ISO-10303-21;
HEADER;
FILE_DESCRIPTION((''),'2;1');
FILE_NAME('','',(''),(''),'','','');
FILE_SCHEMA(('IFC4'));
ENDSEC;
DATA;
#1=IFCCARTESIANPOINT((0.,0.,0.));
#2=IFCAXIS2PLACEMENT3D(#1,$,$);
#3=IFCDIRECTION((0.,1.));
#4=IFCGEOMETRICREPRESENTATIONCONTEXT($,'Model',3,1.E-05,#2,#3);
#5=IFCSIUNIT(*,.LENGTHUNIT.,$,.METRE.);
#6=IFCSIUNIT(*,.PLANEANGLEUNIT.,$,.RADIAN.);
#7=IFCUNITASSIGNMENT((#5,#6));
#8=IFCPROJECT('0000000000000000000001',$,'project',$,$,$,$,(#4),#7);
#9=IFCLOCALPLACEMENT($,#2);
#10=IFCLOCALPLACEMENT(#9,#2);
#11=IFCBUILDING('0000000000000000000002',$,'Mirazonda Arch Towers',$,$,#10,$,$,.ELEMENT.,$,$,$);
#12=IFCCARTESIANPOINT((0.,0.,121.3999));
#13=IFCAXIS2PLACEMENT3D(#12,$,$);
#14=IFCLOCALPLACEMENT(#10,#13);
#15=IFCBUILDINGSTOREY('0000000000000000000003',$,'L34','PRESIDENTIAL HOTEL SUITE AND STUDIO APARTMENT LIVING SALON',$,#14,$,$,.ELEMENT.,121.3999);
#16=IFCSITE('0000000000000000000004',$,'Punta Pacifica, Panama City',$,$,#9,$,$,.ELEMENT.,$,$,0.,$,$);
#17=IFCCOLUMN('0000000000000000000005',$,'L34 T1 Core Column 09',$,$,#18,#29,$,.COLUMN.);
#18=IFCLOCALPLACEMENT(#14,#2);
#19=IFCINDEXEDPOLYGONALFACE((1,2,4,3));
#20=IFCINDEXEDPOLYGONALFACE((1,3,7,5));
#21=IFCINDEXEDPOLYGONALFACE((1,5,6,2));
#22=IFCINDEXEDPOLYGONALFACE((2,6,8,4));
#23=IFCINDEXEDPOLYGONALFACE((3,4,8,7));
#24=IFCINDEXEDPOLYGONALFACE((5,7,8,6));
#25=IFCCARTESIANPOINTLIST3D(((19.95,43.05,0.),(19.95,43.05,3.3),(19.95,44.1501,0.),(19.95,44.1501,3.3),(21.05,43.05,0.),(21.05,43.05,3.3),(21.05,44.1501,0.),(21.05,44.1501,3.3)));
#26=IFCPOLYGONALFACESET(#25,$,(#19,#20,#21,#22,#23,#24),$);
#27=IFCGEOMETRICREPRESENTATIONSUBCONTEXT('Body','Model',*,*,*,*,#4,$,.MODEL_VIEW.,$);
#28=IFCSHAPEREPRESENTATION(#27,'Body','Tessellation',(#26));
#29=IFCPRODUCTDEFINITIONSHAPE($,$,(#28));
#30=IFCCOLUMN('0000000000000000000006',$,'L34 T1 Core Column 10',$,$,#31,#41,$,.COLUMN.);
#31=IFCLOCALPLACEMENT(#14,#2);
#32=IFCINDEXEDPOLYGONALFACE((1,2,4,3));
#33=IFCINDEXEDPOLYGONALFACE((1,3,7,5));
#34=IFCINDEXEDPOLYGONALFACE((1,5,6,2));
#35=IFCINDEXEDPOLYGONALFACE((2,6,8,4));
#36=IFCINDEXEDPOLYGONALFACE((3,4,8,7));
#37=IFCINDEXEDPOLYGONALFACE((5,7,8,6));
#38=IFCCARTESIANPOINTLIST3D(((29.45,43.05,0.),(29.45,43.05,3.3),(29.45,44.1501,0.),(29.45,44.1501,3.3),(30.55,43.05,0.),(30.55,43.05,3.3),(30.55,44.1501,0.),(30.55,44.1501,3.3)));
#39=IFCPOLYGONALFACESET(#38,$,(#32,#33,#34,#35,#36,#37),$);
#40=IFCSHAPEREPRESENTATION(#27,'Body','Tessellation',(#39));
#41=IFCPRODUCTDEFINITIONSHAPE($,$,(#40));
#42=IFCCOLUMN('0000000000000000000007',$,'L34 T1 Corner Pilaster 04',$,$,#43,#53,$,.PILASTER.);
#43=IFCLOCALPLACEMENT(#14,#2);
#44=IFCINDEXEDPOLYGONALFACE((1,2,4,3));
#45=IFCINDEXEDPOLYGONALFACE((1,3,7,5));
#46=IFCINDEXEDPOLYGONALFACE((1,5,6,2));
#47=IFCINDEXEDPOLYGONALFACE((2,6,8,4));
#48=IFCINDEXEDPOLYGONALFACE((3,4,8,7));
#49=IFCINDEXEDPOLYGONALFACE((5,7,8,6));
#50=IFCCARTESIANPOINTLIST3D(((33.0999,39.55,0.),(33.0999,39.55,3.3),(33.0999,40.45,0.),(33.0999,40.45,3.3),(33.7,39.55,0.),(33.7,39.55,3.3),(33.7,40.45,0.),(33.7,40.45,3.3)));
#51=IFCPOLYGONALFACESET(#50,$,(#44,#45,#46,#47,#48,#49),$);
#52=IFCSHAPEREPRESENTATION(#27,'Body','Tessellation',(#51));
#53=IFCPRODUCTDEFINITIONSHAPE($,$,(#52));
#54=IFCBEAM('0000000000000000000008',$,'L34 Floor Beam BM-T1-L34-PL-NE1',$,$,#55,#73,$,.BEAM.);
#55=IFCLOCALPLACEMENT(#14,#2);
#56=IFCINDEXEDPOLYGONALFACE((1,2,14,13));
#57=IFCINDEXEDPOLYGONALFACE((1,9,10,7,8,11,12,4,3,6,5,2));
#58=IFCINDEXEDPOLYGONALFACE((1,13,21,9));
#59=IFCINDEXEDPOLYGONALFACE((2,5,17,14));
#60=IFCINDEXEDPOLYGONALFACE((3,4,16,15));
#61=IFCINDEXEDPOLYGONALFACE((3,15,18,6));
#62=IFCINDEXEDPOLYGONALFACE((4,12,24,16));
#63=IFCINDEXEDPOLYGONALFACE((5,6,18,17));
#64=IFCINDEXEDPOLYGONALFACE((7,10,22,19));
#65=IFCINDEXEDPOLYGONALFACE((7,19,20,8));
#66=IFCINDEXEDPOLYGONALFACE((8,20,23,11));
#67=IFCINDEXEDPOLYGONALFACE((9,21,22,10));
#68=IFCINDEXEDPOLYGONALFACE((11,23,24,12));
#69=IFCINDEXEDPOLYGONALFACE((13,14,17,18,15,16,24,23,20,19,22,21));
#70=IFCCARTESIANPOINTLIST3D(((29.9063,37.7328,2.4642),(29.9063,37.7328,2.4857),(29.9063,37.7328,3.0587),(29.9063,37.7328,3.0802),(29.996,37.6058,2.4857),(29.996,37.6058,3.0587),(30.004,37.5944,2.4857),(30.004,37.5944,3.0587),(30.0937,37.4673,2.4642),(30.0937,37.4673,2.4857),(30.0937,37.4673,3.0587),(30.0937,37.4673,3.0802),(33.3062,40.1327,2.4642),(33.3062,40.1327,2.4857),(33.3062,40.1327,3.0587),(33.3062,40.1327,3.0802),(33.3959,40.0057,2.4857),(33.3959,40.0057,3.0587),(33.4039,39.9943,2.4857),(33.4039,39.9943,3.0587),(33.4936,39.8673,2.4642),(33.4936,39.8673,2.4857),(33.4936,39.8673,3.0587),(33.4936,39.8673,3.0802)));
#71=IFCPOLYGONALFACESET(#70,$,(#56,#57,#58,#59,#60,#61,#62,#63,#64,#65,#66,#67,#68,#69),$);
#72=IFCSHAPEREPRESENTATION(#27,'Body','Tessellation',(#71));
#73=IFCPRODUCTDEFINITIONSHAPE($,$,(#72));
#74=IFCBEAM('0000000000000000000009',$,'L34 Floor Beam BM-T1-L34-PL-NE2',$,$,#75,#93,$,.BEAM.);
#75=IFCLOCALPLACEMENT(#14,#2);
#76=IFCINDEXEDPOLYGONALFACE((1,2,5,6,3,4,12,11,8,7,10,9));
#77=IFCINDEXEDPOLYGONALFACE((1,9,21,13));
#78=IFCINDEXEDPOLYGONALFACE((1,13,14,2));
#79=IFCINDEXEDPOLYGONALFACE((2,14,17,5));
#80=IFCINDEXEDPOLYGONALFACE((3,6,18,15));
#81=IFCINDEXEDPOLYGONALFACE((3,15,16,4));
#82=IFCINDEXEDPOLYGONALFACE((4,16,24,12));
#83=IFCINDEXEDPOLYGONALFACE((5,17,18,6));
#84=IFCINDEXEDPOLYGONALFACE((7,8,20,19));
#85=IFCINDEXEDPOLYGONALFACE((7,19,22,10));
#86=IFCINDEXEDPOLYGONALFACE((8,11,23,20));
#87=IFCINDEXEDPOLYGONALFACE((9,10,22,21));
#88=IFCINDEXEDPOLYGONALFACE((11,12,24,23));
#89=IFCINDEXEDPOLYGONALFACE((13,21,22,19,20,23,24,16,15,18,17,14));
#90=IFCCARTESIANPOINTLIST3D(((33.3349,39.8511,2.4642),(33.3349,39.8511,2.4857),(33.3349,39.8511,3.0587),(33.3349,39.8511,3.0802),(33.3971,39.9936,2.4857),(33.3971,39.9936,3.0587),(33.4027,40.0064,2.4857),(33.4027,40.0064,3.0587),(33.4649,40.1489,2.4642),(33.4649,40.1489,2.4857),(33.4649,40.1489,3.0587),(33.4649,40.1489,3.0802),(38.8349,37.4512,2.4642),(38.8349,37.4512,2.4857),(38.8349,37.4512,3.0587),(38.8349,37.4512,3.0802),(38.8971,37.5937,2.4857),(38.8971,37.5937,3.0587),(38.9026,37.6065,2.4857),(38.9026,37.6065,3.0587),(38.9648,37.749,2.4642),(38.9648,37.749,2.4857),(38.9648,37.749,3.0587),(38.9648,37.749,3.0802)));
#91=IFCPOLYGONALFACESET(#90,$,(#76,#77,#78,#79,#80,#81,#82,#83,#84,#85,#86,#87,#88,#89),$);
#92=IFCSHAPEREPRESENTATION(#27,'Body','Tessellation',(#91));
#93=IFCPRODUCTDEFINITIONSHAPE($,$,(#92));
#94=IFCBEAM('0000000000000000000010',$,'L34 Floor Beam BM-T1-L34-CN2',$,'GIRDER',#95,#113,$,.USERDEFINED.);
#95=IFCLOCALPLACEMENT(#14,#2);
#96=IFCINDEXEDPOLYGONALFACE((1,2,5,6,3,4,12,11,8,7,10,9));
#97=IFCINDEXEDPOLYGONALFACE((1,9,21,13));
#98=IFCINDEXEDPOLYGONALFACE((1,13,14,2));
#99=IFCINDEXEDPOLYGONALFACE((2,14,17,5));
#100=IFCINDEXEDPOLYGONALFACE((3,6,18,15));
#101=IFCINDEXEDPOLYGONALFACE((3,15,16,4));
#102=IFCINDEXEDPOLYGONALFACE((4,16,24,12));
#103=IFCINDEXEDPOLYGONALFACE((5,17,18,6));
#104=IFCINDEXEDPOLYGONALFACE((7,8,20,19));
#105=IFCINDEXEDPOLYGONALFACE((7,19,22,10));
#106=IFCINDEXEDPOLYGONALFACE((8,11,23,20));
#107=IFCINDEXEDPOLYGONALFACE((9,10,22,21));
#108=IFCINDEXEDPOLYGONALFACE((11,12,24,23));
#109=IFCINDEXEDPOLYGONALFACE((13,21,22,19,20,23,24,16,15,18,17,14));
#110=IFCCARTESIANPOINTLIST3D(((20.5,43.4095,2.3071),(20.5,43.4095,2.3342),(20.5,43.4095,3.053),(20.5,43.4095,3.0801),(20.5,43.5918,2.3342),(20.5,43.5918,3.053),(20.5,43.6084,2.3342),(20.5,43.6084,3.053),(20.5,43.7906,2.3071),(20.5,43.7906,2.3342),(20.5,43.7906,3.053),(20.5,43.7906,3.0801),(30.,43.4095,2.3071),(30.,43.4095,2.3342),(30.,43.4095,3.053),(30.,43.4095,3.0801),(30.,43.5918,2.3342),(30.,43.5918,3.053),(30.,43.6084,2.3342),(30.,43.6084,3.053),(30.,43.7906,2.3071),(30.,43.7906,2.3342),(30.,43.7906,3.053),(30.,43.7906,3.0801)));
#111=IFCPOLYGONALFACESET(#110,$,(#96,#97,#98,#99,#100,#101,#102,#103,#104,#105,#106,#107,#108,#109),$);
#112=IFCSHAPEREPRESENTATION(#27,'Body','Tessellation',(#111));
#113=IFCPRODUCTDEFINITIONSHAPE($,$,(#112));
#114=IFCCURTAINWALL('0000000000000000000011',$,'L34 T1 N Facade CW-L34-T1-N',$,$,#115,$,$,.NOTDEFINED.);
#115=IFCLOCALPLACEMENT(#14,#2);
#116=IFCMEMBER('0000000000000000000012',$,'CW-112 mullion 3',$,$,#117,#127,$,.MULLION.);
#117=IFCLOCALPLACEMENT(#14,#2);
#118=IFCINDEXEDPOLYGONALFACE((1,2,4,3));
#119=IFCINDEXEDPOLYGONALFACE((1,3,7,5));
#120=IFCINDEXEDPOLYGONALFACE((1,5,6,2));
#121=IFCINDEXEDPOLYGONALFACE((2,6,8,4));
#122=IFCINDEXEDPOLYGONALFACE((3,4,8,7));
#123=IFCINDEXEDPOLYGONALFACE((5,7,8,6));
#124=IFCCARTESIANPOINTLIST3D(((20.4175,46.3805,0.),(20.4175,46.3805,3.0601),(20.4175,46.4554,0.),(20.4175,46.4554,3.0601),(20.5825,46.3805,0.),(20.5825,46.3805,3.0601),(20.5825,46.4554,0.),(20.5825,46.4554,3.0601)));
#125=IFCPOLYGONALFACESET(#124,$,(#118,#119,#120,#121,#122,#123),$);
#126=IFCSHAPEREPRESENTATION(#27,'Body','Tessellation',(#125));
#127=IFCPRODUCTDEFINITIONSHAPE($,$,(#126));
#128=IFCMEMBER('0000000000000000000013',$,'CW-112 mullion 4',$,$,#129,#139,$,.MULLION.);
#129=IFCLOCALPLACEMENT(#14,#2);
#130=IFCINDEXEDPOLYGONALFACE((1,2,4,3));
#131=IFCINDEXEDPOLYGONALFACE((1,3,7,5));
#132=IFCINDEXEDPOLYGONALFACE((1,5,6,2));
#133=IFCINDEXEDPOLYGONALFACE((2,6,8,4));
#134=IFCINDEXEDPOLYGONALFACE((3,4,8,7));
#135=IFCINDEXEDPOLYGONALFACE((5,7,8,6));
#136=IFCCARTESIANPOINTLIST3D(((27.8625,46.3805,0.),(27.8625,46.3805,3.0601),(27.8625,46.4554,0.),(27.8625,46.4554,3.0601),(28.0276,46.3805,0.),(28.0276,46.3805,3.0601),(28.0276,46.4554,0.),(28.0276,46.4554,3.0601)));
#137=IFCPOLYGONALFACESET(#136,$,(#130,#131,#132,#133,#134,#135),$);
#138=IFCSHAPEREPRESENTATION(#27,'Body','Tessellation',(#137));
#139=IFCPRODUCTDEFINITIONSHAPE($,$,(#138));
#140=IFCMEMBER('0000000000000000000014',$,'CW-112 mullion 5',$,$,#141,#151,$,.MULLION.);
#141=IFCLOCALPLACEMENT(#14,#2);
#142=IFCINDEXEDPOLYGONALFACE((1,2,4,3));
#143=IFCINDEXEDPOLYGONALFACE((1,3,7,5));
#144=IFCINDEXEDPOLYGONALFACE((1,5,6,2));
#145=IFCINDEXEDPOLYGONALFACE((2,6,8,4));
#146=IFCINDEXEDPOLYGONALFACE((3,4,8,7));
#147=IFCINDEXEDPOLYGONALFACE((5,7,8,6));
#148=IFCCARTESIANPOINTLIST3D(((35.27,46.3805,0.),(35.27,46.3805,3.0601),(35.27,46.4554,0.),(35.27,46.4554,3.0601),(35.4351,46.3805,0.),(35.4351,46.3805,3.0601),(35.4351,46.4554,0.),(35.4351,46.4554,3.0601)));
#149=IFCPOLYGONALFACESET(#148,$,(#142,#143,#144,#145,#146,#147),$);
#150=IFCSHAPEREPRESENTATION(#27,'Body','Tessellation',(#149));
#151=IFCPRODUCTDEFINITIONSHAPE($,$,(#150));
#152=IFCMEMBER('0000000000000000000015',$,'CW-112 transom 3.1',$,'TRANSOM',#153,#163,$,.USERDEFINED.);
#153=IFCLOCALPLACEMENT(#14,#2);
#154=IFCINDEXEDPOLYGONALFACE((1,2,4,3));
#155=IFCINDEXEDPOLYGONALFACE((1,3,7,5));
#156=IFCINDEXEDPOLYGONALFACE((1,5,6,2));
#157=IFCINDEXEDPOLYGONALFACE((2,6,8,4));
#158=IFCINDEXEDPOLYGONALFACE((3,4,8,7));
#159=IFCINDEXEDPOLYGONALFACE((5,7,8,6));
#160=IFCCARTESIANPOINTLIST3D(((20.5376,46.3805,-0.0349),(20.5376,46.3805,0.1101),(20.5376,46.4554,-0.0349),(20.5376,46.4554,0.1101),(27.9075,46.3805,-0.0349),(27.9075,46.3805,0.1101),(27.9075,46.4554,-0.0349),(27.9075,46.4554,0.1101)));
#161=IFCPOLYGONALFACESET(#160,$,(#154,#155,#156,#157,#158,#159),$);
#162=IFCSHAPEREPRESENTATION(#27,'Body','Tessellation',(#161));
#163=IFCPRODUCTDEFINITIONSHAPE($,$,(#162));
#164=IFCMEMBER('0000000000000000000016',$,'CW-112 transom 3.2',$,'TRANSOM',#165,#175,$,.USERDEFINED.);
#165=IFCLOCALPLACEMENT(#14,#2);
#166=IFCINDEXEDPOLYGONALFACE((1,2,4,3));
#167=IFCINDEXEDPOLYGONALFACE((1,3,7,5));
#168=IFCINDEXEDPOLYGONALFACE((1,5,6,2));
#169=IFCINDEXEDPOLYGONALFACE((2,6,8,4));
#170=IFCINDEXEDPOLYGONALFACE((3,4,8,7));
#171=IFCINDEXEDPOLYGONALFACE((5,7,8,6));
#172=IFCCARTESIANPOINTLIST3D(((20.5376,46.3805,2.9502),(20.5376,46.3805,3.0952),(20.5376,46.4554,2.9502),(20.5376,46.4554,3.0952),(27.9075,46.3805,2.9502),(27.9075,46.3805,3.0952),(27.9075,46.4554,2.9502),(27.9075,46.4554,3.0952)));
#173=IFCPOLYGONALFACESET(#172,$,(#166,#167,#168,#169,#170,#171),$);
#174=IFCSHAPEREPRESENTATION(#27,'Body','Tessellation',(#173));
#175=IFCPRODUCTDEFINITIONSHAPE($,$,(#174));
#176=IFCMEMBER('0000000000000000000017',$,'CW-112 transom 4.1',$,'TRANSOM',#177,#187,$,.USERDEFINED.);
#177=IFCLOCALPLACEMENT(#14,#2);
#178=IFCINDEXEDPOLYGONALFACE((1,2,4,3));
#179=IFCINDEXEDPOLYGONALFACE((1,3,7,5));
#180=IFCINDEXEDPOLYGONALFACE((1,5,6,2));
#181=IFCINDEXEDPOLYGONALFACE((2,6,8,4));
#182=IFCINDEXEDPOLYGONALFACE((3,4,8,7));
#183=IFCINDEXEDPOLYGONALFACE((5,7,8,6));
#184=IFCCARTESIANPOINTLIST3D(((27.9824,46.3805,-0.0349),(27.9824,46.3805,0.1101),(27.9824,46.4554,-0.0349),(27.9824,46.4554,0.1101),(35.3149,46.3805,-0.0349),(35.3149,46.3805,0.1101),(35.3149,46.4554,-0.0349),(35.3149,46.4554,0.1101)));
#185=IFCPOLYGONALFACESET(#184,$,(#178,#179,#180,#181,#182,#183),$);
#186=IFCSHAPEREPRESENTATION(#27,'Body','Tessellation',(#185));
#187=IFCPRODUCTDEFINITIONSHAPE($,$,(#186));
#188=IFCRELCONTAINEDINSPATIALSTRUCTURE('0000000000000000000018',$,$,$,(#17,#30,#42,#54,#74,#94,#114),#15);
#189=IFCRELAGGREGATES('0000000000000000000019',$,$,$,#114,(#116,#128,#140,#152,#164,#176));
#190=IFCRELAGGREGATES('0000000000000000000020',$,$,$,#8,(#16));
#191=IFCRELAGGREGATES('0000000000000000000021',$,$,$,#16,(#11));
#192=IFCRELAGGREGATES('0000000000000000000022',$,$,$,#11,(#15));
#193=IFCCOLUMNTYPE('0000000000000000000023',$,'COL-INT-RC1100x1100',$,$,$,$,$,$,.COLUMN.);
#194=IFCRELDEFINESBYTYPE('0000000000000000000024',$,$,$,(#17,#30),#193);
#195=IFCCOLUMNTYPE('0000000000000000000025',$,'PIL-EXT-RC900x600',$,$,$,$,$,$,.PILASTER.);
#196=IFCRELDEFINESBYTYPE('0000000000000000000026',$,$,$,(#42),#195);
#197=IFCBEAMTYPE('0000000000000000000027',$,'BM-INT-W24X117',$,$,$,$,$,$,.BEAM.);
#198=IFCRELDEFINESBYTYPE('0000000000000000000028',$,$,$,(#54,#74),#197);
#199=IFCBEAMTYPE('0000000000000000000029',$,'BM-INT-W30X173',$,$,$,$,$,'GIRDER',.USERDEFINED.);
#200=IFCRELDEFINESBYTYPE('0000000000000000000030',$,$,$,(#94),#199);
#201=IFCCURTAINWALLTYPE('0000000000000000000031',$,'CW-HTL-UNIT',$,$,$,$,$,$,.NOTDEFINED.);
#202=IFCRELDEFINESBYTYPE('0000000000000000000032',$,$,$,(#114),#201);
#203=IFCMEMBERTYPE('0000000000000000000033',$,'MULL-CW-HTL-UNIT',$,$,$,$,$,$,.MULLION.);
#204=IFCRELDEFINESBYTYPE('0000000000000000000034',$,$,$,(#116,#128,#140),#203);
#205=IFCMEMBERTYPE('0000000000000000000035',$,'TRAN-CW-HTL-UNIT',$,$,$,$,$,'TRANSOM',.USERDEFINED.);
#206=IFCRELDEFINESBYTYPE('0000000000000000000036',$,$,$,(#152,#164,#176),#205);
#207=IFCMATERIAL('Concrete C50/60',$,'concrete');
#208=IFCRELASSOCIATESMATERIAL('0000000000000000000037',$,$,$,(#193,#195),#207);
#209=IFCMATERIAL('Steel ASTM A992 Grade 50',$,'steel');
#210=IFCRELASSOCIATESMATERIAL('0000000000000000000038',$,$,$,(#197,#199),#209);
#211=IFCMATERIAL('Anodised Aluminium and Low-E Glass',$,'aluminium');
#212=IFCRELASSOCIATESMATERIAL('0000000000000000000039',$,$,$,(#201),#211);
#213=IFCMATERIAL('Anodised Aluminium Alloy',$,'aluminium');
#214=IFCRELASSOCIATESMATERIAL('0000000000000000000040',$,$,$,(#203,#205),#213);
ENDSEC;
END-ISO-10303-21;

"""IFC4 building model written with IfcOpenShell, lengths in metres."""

from ifc_helpers import new_model, si_unit, direction, frame, origin, origin_2d, place, context, subcontext, project, spatial, rectangle, i_section, extrude, material, material_profile, profile_set, type_object, element, aggregate, save


model = new_model("IFC4")

# Units and contexts
model_context = context("Model", 3, precision=1e-05, world=origin(), true_north=direction((0.0, 1.0)))
body_context = subcontext(model_context, "Body", "Model", "MODEL_VIEW")
ifc_project = project(units=[si_unit("LENGTHUNIT", "METRE"), si_unit("PLANEANGLEUNIT", "RADIAN")], contexts=[model_context])

# Site, building, storey
site_placement = place(None, origin())
site = spatial("IfcSite", under=ifc_project, at=site_placement, Name="Punta Pacifica, Panama City", CompositionType="ELEMENT", RefElevation=0.0)
building_placement = place(site_placement, origin())
building = spatial("IfcBuilding", under=site, at=building_placement, Name="Mirazonda Arch Towers", CompositionType="ELEMENT")
storey_placement = place(building_placement, frame((0.0, 0.0, 121.3999)))
storey = spatial("IfcBuildingStorey", under=building, at=storey_placement, Name="L34", Description="PRESIDENTIAL HOTEL SUITE AND STUDIO APARTMENT LIVING SALON", CompositionType="ELEMENT", Elevation=121.3999)

# Columns
ifc_material_1 = material(Name="Concrete C50/60", Category="concrete")
ifc_material_profile_1 = material_profile(ifc_material_1, rectangle(XDim=1.1001, YDim=1.1001, at=origin_2d()), Name="RC1100x1100")
ifc_profile_set_1 = profile_set([ifc_material_profile_1], Name="Concrete C50/60")
column_type_1 = type_object("IfcColumnType", Name="COL-INT-RC1100x1100", PredefinedType="COLUMN", material=ifc_profile_set_1)
for number, where, z_axis, x_axis, name in (
    (1, (20.5, 43.6001, 0.0), (0.0, 0.0, 1.0), (1.0, 0.0, 0.0), "L34 T1 Core Column 09"),
    (2, (30.0, 43.6001, 0.0), (0.0, 0.0, 1.0), (1.0, 0.0, 0.0), "L34 T1 Core Column 10"),
):
    element("IfcColumn", number, at=place(storey_placement, frame(where, z_axis=z_axis, x_axis=x_axis)), inside=storey, type_object=column_type_1, Name=name, PredefinedType="COLUMN", context=body_context, shape_type="SweptSolid", body=[
        extrude(rectangle(XDim=1.1001, YDim=1.1001, at=origin_2d()), origin(), (0.0, 0.0, 1.0), 3.3),
    ])
ifc_material_profile_2 = material_profile(ifc_material_1, rectangle(XDim=0.6001, YDim=0.8999, at=origin_2d()), Name="RC900x600")
ifc_profile_set_2 = profile_set([ifc_material_profile_2], Name="Concrete C50/60")
column_type_2 = type_object("IfcColumnType", Name="PIL-EXT-RC900x600", PredefinedType="PILASTER", material=ifc_profile_set_2)
column_placement = place(storey_placement, frame((33.3999, 40.0, 0.0), z_axis=(0.0, 0.0, 1.0), x_axis=(1.0, 0.0, 0.0)))
element("IfcColumn", 3, at=column_placement, inside=storey, type_object=column_type_2, Name="L34 T1 Corner Pilaster 04", PredefinedType="PILASTER", context=body_context, shape_type="SweptSolid", body=[
    extrude(rectangle(XDim=0.6001, YDim=0.8999, at=origin_2d()), origin(), (0.0, 0.0, 1.0), 3.3),
])

# Beams
ifc_material_2 = material(Name="Steel ASTM A992 Grade 50", Category="steel")
ifc_material_profile_3 = material_profile(ifc_material_2, i_section(OverallWidth=0.325, OverallDepth=0.616, WebThickness=0.0139, FlangeThickness=0.0215, at=origin_2d()), Name="W24X117")
ifc_profile_set_3 = profile_set([ifc_material_profile_3], Name="Steel ASTM A992 Grade 50")
beam_type_1 = type_object("IfcBeamType", Name="BM-INT-W24X117", PredefinedType="BEAM", material=ifc_profile_set_3)
beam_1_placement = place(storey_placement, frame((33.3999, 40.0, 2.7722), z_axis=(-0.816971, -0.576679, 0.0), x_axis=(0.576679, -0.816971, 0.0)))
element("IfcBeam", 4, at=beam_1_placement, inside=storey, type_object=beam_type_1, Name="L34 Floor Beam BM-T1-L34-PL-NE1", PredefinedType="BEAM", context=body_context, shape_type="SweptSolid", body=[
    extrude(i_section(OverallWidth=0.325, OverallDepth=0.616, WebThickness=0.0139, FlangeThickness=0.0215, at=origin_2d()), origin(), (0.0, 0.0, 1.0), 4.1616),
])
beam_2_placement = place(storey_placement, frame((33.3999, 40.0, 2.7722), z_axis=(0.916545, -0.399931, 0.0), x_axis=(0.399931, 0.916545, 0.0)))
element("IfcBeam", 5, at=beam_2_placement, inside=storey, type_object=beam_type_1, Name="L34 Floor Beam BM-T1-L34-PL-NE2", PredefinedType="BEAM", context=body_context, shape_type="SweptSolid", body=[
    extrude(i_section(OverallWidth=0.325, OverallDepth=0.616, WebThickness=0.0139, FlangeThickness=0.0215, at=origin_2d()), origin(), (0.0, 0.0, 1.0), 6.0007),
])
ifc_material_profile_4 = material_profile(ifc_material_2, i_section(OverallWidth=0.3811, OverallDepth=0.7729, WebThickness=0.0166, FlangeThickness=0.0271, at=origin_2d()), Name="W30X173")
ifc_profile_set_4 = profile_set([ifc_material_profile_4], Name="Steel ASTM A992 Grade 50")
beam_type_2 = type_object("IfcBeamType", Name="BM-INT-W30X173", ElementType="GIRDER", PredefinedType="USERDEFINED", material=ifc_profile_set_4)
beam_3_placement = place(storey_placement, frame((20.5, 43.6001, 2.6936), z_axis=(1.0, 0.0, 0.0), x_axis=(0.0, 1.0, 0.0)))
element("IfcBeam", 6, at=beam_3_placement, inside=storey, type_object=beam_type_2, Name="L34 Floor Beam BM-T1-L34-CN2", ObjectType="GIRDER", PredefinedType="USERDEFINED", context=body_context, shape_type="SweptSolid", body=[
    extrude(i_section(OverallWidth=0.3811, OverallDepth=0.7729, WebThickness=0.0166, FlangeThickness=0.0271, at=origin_2d()), origin(), (0.0, 0.0, 1.0), 9.5),
])

# Curtain wall, members
ifc_material_3 = material(Name="Anodised Aluminium and Low-E Glass", Category="aluminium")
curtain_wall_type = type_object("IfcCurtainWallType", Name="CW-HTL-UNIT", PredefinedType="NOTDEFINED", material=ifc_material_3)
curtain_wall_placement = place(storey_placement, origin())
curtain_wall = element("IfcCurtainWall", 7, at=curtain_wall_placement, inside=storey, type_object=curtain_wall_type, Name="L34 T1 N Facade CW-L34-T1-N", PredefinedType="NOTDEFINED")
ifc_material_4 = material(Name="Anodised Aluminium Alloy", Category="aluminium")
ifc_material_profile_5 = material_profile(ifc_material_4, rectangle(XDim=0.075, YDim=0.165, at=origin_2d()), Name="ALU-MULL-75x165")
ifc_profile_set_5 = profile_set([ifc_material_profile_5], Name="Anodised Aluminium Alloy")
member_type_1 = type_object("IfcMemberType", Name="MULL-CW-HTL-UNIT", PredefinedType="MULLION", material=ifc_profile_set_5)
member_1_placement = place(storey_placement, frame((20.5, 46.418, 0.0), z_axis=(0.0, 0.0, 1.0), x_axis=(0.0, 1.0, 0.0)))
member_1 = element("IfcMember", 8, at=member_1_placement, type_object=member_type_1, Name="CW-112 mullion 3", PredefinedType="MULLION", context=body_context, shape_type="SweptSolid", body=[
    extrude(rectangle(XDim=0.075, YDim=0.165, at=origin_2d()), origin(), (0.0, 0.0, 1.0), 3.0601),
])
member_2_placement = place(storey_placement, frame((27.9451, 46.418, 0.0), z_axis=(0.0, 0.0, 1.0), x_axis=(0.0, 1.0, 0.0)))
member_2 = element("IfcMember", 9, at=member_2_placement, type_object=member_type_1, Name="CW-112 mullion 4", PredefinedType="MULLION", context=body_context, shape_type="SweptSolid", body=[
    extrude(rectangle(XDim=0.075, YDim=0.165, at=origin_2d()), origin(), (0.0, 0.0, 1.0), 3.0601),
])
member_3_placement = place(storey_placement, frame((35.3525, 46.418, 0.0), z_axis=(0.0, 0.0, 1.0), x_axis=(0.0, 1.0, 0.0)))
member_3 = element("IfcMember", 10, at=member_3_placement, type_object=member_type_1, Name="CW-112 mullion 5", PredefinedType="MULLION", context=body_context, shape_type="SweptSolid", body=[
    extrude(rectangle(XDim=0.075, YDim=0.165, at=origin_2d()), origin(), (0.0, 0.0, 1.0), 3.0601),
])
ifc_material_profile_6 = material_profile(ifc_material_4, rectangle(XDim=0.075, YDim=0.145, at=origin_2d()), Name="ALU-TRAN-75x145")
ifc_profile_set_6 = profile_set([ifc_material_profile_6], Name="Anodised Aluminium Alloy")
member_type_2 = type_object("IfcMemberType", Name="TRAN-CW-HTL-UNIT", ElementType="TRANSOM", PredefinedType="USERDEFINED", material=ifc_profile_set_6)
member_4_placement = place(storey_placement, frame((20.5376, 46.418, 0.0376), z_axis=(1.0, 0.0, 0.0), x_axis=(0.0, 1.0, 0.0)))
member_4 = element("IfcMember", 11, at=member_4_placement, type_object=member_type_2, Name="CW-112 transom 3.1", ObjectType="TRANSOM", PredefinedType="USERDEFINED", context=body_context, shape_type="SweptSolid", body=[
    extrude(rectangle(XDim=0.075, YDim=0.145, at=origin_2d()), origin(), (0.0, 0.0, 1.0), 7.3699),
])
member_5_placement = place(storey_placement, frame((20.5376, 46.418, 3.0227), z_axis=(1.0, 0.0, 0.0), x_axis=(0.0, 1.0, 0.0)))
member_5 = element("IfcMember", 12, at=member_5_placement, type_object=member_type_2, Name="CW-112 transom 3.2", ObjectType="TRANSOM", PredefinedType="USERDEFINED", context=body_context, shape_type="SweptSolid", body=[
    extrude(rectangle(XDim=0.075, YDim=0.145, at=origin_2d()), origin(), (0.0, 0.0, 1.0), 7.3699),
])
member_6_placement = place(storey_placement, frame((27.9824, 46.418, 0.0376), z_axis=(1.0, 0.0, 0.0), x_axis=(0.0, 1.0, 0.0)))
member_6 = element("IfcMember", 13, at=member_6_placement, type_object=member_type_2, Name="CW-112 transom 4.1", ObjectType="TRANSOM", PredefinedType="USERDEFINED", context=body_context, shape_type="SweptSolid", body=[
    extrude(rectangle(XDim=0.075, YDim=0.145, at=origin_2d()), origin(), (0.0, 0.0, 1.0), 7.3325),
])
aggregate(curtain_wall, [member_1, member_2, member_3, member_4, member_5, member_6])

save(model, "model.ifc")
